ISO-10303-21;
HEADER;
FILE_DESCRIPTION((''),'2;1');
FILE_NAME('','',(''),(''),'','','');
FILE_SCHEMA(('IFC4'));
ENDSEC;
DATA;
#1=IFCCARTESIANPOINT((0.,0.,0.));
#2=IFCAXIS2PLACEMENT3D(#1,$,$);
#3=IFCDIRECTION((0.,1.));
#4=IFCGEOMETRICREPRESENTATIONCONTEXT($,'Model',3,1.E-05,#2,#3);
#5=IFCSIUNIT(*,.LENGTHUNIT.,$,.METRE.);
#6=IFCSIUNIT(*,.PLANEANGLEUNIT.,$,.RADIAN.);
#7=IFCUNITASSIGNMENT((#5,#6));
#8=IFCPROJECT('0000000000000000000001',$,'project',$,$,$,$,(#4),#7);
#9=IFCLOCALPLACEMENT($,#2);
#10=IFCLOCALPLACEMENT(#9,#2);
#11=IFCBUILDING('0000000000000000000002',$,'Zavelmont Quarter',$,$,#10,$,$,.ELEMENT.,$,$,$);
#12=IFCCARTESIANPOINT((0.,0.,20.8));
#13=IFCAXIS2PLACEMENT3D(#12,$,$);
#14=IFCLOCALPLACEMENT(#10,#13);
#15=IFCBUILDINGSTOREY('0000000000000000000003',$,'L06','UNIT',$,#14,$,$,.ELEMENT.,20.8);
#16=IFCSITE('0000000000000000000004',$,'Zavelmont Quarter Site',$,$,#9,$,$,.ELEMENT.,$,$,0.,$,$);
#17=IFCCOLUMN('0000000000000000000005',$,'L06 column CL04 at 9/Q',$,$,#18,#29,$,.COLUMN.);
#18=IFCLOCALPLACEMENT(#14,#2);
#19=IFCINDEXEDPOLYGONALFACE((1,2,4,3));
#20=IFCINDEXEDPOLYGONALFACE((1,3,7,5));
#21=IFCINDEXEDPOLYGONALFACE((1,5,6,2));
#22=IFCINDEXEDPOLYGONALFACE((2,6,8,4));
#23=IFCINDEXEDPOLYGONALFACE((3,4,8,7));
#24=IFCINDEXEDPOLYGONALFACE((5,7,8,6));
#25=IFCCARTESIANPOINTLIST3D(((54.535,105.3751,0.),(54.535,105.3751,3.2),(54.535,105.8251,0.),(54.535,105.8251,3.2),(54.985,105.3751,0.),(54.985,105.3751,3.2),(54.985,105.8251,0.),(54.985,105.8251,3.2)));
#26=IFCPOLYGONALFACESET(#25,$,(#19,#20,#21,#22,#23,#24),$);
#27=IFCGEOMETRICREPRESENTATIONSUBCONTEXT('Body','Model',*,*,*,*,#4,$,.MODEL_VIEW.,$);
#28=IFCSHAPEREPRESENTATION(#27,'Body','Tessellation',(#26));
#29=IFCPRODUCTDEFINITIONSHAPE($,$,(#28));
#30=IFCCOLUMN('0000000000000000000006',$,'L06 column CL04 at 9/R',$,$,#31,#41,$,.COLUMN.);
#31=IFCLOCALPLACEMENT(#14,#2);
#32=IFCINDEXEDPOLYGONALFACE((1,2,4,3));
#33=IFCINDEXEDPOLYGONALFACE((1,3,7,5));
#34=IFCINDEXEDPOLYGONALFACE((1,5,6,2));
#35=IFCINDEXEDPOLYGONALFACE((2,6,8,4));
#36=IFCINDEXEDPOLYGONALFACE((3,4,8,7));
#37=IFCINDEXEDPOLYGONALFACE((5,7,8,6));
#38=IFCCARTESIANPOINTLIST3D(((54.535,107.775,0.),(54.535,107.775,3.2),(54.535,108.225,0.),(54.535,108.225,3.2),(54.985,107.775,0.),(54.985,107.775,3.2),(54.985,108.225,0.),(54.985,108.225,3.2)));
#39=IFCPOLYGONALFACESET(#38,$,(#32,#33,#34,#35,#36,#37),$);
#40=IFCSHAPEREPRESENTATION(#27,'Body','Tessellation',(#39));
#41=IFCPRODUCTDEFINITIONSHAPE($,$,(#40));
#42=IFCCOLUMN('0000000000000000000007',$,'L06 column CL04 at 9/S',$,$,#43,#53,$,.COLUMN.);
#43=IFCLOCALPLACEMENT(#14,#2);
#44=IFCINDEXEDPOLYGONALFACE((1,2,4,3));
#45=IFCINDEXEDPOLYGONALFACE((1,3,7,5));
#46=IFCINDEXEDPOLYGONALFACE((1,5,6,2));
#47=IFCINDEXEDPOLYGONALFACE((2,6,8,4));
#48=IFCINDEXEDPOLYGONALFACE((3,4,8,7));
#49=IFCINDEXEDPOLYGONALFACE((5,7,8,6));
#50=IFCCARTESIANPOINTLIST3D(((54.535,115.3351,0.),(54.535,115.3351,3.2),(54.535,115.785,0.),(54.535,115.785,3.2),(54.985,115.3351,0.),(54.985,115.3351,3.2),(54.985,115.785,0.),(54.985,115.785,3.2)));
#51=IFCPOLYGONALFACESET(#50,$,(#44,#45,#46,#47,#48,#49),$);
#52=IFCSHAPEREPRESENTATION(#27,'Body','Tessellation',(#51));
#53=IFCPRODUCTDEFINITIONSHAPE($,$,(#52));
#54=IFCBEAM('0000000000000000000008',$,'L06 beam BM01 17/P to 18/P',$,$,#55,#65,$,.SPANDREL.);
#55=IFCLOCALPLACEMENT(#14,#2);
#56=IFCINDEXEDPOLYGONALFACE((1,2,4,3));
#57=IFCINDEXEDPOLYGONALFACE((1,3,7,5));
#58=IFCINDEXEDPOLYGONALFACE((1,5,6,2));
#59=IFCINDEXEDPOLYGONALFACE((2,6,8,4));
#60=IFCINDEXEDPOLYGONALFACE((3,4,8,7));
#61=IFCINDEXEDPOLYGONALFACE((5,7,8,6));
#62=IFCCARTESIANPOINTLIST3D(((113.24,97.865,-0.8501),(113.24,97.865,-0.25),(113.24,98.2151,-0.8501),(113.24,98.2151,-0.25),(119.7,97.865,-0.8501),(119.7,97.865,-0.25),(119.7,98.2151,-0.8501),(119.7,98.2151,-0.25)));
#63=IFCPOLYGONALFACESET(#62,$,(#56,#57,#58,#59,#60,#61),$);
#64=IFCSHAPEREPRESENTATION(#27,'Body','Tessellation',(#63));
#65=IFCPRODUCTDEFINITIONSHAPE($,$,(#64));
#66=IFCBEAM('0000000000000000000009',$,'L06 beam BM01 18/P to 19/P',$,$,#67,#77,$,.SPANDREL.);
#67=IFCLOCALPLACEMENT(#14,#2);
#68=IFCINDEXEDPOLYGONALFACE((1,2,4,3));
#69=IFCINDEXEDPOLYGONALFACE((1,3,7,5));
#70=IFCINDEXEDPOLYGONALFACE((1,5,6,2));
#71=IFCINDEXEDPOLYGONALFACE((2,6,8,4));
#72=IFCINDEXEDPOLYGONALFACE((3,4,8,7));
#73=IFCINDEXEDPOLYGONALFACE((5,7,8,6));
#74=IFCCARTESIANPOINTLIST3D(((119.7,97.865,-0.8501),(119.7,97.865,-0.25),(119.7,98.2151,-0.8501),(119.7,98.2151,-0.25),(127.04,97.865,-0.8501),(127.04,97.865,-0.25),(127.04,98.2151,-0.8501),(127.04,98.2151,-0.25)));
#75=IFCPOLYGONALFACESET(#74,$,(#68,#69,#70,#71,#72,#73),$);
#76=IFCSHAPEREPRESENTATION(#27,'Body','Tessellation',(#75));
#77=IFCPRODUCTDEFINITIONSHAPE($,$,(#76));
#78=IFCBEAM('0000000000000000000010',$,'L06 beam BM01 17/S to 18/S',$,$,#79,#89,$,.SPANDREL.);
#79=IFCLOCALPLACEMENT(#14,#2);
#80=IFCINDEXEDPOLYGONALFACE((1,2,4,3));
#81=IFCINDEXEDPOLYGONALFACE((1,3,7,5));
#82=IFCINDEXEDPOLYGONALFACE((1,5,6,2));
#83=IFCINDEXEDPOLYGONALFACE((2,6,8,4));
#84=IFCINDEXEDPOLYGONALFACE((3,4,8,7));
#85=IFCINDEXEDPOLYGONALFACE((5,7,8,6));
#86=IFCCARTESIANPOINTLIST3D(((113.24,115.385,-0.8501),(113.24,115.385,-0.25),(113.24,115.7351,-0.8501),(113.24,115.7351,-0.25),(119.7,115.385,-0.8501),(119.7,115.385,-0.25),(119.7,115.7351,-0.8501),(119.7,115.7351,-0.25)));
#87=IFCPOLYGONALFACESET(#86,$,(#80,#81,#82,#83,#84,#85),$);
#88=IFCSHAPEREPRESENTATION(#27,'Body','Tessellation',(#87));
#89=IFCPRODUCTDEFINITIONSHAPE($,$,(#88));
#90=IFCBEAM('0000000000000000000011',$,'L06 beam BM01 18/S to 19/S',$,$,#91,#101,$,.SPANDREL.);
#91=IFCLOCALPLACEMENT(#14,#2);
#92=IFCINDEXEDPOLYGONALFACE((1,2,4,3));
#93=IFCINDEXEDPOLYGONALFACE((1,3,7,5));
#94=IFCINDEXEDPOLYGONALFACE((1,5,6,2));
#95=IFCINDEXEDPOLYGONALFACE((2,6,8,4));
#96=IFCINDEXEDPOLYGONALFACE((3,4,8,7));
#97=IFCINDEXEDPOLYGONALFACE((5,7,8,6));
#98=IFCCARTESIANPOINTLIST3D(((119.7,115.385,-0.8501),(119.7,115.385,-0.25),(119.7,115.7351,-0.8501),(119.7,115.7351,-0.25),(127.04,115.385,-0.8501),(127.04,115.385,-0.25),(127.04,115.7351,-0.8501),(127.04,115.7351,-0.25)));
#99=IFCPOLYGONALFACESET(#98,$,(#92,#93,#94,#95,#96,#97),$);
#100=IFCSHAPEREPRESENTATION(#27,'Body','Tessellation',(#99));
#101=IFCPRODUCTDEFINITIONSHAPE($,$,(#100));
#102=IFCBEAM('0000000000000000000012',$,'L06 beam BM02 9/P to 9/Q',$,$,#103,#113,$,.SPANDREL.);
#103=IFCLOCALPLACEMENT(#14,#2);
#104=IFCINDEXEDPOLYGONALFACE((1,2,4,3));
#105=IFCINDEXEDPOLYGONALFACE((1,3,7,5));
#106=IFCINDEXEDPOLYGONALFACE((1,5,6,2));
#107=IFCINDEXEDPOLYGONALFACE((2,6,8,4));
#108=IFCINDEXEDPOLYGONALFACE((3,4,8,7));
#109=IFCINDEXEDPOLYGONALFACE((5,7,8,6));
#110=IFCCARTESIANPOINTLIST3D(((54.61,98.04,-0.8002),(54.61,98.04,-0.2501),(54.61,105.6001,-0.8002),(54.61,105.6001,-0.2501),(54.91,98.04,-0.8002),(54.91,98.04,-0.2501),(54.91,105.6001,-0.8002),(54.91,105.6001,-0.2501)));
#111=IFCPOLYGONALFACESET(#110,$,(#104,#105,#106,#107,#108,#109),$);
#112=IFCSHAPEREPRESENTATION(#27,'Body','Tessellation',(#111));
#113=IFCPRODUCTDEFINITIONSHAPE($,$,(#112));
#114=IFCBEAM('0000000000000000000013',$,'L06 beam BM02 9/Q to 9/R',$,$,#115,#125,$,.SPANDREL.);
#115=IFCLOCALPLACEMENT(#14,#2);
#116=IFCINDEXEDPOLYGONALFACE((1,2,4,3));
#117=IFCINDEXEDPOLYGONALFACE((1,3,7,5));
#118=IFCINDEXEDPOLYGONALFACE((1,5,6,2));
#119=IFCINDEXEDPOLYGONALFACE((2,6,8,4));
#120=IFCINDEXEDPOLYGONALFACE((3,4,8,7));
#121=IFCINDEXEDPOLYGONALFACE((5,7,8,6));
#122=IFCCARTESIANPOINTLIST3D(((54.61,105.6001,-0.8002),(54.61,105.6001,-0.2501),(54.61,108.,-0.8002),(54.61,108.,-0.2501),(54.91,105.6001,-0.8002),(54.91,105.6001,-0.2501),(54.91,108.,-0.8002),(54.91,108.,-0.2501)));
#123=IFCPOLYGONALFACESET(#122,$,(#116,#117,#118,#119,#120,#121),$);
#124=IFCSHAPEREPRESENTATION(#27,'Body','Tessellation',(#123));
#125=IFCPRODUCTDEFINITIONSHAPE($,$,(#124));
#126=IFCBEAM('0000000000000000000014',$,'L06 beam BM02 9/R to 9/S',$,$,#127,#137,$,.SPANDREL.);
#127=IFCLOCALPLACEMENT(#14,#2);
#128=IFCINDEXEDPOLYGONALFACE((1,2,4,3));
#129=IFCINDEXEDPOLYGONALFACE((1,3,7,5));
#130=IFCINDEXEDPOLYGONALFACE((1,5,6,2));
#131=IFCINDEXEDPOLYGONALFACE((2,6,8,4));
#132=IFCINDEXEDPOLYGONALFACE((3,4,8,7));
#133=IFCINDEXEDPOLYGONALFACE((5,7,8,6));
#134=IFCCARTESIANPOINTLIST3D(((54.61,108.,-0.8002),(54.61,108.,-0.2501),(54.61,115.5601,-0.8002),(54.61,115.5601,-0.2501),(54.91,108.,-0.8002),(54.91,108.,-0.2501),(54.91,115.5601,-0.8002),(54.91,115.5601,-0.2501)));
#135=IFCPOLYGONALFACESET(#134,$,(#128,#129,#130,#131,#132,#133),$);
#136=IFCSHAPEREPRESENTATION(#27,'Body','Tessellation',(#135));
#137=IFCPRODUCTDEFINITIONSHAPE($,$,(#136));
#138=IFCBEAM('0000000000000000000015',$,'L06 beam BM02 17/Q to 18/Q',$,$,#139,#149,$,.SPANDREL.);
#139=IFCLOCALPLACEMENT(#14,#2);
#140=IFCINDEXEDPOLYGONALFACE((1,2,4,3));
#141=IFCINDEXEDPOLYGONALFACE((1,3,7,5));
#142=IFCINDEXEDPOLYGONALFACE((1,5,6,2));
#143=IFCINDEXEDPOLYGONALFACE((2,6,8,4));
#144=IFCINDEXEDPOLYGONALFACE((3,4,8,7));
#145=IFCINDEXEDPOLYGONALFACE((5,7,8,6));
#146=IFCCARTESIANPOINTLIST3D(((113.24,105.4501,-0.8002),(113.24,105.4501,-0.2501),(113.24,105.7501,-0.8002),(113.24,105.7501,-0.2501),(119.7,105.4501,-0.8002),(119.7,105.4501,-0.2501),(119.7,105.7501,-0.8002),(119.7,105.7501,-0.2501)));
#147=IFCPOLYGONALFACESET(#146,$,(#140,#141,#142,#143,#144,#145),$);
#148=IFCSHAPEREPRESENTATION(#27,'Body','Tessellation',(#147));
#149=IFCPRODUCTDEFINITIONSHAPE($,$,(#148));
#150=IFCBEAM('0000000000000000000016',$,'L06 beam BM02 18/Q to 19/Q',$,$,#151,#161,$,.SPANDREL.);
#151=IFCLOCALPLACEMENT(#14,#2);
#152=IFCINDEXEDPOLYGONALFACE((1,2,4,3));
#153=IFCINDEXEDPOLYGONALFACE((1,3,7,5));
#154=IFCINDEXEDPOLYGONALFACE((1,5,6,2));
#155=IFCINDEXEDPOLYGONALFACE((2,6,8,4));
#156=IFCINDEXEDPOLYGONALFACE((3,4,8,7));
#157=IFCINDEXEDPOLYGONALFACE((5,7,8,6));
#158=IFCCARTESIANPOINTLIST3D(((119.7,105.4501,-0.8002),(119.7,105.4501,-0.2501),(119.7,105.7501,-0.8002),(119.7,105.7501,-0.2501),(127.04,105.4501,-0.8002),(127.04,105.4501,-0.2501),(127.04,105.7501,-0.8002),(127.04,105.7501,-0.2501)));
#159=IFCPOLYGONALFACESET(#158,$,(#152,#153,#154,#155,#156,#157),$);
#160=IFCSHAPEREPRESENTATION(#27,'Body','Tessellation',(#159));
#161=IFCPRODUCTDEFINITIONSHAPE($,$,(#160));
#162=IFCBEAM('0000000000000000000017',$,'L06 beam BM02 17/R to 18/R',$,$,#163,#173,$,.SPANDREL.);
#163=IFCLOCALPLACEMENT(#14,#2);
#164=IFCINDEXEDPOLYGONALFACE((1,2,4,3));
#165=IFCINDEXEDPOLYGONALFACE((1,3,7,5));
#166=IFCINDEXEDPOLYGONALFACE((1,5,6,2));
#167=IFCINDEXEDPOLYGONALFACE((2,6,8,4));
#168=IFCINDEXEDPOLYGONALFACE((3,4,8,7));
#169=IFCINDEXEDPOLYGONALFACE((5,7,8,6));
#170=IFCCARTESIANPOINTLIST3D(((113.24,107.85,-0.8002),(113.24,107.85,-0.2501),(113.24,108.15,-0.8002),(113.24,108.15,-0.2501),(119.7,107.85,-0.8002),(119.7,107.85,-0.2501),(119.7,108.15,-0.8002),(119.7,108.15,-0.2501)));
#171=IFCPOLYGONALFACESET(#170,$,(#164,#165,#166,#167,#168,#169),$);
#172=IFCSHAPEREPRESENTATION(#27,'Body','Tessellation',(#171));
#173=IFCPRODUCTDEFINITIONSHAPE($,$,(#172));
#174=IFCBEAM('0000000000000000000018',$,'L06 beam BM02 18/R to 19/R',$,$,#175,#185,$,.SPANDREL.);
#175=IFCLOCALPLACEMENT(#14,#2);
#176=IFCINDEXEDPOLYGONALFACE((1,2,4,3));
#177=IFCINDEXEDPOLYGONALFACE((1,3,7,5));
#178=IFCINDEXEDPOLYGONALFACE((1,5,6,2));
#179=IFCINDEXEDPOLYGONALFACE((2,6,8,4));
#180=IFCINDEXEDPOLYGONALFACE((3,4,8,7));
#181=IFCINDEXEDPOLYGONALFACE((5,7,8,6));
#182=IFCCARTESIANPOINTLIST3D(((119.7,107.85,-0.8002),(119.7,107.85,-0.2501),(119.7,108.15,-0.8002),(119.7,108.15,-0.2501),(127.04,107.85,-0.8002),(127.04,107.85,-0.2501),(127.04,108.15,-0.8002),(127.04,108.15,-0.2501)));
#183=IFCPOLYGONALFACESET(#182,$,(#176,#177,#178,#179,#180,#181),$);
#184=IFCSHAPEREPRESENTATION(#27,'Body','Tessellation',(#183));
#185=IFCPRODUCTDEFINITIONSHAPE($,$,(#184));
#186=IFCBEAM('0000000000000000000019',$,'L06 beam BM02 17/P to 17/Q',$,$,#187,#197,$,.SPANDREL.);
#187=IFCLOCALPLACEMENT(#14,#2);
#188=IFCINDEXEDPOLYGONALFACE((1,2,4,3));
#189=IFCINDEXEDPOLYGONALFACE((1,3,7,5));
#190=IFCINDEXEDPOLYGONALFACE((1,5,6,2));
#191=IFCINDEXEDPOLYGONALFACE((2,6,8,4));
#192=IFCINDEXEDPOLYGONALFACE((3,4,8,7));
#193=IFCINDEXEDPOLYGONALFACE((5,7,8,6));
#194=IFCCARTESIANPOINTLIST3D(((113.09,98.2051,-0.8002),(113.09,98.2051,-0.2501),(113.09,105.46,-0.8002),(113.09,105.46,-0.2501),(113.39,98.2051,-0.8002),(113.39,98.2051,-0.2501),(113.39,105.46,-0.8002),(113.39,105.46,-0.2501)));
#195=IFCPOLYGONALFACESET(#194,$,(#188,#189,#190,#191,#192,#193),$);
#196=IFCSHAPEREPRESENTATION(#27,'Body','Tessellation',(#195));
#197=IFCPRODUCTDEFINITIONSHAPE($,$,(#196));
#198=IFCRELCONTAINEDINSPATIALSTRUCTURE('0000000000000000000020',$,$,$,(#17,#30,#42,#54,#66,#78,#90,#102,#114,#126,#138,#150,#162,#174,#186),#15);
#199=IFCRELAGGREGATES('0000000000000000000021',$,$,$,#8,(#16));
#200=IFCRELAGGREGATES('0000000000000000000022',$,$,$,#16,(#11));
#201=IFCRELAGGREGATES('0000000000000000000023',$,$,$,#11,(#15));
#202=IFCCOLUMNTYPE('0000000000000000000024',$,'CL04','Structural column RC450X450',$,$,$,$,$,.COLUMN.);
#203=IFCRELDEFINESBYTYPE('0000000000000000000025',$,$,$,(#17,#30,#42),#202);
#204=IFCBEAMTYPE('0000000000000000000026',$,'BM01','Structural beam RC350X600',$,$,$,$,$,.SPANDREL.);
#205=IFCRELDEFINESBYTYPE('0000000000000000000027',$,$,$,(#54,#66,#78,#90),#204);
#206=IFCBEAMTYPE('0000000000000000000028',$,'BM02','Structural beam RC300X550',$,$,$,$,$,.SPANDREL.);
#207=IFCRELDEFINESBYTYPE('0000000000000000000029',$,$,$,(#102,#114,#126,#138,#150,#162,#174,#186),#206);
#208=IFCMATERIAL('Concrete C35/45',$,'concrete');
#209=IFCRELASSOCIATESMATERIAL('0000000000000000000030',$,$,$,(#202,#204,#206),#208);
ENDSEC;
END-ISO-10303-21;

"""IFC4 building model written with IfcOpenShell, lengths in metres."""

from ifc_helpers import new_model, si_unit, direction, frame, origin, origin_2d, place, context, subcontext, project, spatial, rectangle, extrude, material, material_profile, profile_set, type_object, element, save


model = new_model("IFC4")

# Units and contexts
model_context = context("Model", 3, precision=1e-05, world=origin(), true_north=direction((0.0, 1.0)))
body_context = subcontext(model_context, "Body", "Model", "MODEL_VIEW")
ifc_project = project(units=[si_unit("LENGTHUNIT", "METRE"), si_unit("PLANEANGLEUNIT", "RADIAN")], contexts=[model_context])

# Site, building, storey
site_placement = place(None, origin())
site = spatial("IfcSite", under=ifc_project, at=site_placement, Name="Zavelmont Quarter Site", CompositionType="ELEMENT", RefElevation=0.0)
building_placement = place(site_placement, origin())
building = spatial("IfcBuilding", under=site, at=building_placement, Name="Zavelmont Quarter", CompositionType="ELEMENT")
storey_placement = place(building_placement, frame((0.0, 0.0, 20.8)))
storey = spatial("IfcBuildingStorey", under=building, at=storey_placement, Name="L06", Description="UNIT", CompositionType="ELEMENT", Elevation=20.8)

# Columns
ifc_material_1 = material(Name="Concrete C35/45", Category="concrete")
ifc_material_profile_1 = material_profile(ifc_material_1, rectangle(XDim=0.45, YDim=0.45, at=origin_2d()), Name="RC450X450")
ifc_profile_set_1 = profile_set([ifc_material_profile_1], Name="Concrete C35/45")
column_type = type_object("IfcColumnType", Name="CL04", Description="Structural column RC450X450", PredefinedType="COLUMN", material=ifc_profile_set_1)
for number, where, z_axis, x_axis, name in (
    (1, (54.76, 105.6001, 0.0), (0.0, 0.0, 1.0), (1.0, 0.0, 0.0), "L06 column CL04 at 9/Q"),
    (2, (54.76, 108.0, 0.0), (0.0, 0.0, 1.0), (1.0, 0.0, 0.0), "L06 column CL04 at 9/R"),
    (3, (54.76, 115.5601, 0.0), (0.0, 0.0, 1.0), (1.0, 0.0, 0.0), "L06 column CL04 at 9/S"),
):
    element("IfcColumn", number, at=place(storey_placement, frame(where, z_axis=z_axis, x_axis=x_axis)), inside=storey, type_object=column_type, Name=name, PredefinedType="COLUMN", context=body_context, shape_type="SweptSolid", body=[
        extrude(rectangle(XDim=0.45, YDim=0.45, at=origin_2d()), origin(), (0.0, 0.0, 1.0), 3.2),
    ])

# Beams
ifc_material_profile_2 = material_profile(ifc_material_1, rectangle(XDim=0.3501, YDim=0.6001, at=origin_2d()), Name="RC350X600")
ifc_profile_set_2 = profile_set([ifc_material_profile_2], Name="Concrete C35/45")
beam_type_1 = type_object("IfcBeamType", Name="BM01", Description="Structural beam RC350X600", PredefinedType="SPANDREL", material=ifc_profile_set_2)
beam_1_placement = place(storey_placement, frame((113.24, 98.04, -0.55), z_axis=(1.0, 0.0, 0.0), x_axis=(0.0, 1.0, 0.0)))
element("IfcBeam", 4, at=beam_1_placement, inside=storey, type_object=beam_type_1, Name="L06 beam BM01 17/P to 18/P", PredefinedType="SPANDREL", context=body_context, shape_type="SweptSolid", body=[
    extrude(rectangle(XDim=0.3501, YDim=0.6001, at=origin_2d()), origin(), (0.0, 0.0, 1.0), 6.46),
])
beam_2_placement = place(storey_placement, frame((119.7, 98.04, -0.55), z_axis=(1.0, 0.0, 0.0), x_axis=(0.0, 1.0, 0.0)))
element("IfcBeam", 5, at=beam_2_placement, inside=storey, type_object=beam_type_1, Name="L06 beam BM01 18/P to 19/P", PredefinedType="SPANDREL", context=body_context, shape_type="SweptSolid", body=[
    extrude(rectangle(XDim=0.3501, YDim=0.6001, at=origin_2d()), origin(), (0.0, 0.0, 1.0), 7.3401),
])
beam_3_placement = place(storey_placement, frame((113.24, 115.5601, -0.55), z_axis=(1.0, 0.0, 0.0), x_axis=(0.0, 1.0, 0.0)))
element("IfcBeam", 6, at=beam_3_placement, inside=storey, type_object=beam_type_1, Name="L06 beam BM01 17/S to 18/S", PredefinedType="SPANDREL", context=body_context, shape_type="SweptSolid", body=[
    extrude(rectangle(XDim=0.3501, YDim=0.6001, at=origin_2d()), origin(), (0.0, 0.0, 1.0), 6.46),
])
beam_4_placement = place(storey_placement, frame((119.7, 115.5601, -0.55), z_axis=(1.0, 0.0, 0.0), x_axis=(0.0, 1.0, 0.0)))
element("IfcBeam", 7, at=beam_4_placement, inside=storey, type_object=beam_type_1, Name="L06 beam BM01 18/S to 19/S", PredefinedType="SPANDREL", context=body_context, shape_type="SweptSolid", body=[
    extrude(rectangle(XDim=0.3501, YDim=0.6001, at=origin_2d()), origin(), (0.0, 0.0, 1.0), 7.3401),
])
ifc_material_profile_3 = material_profile(ifc_material_1, rectangle(XDim=0.3, YDim=0.55, at=origin_2d()), Name="RC300X550")
ifc_profile_set_3 = profile_set([ifc_material_profile_3], Name="Concrete C35/45")
beam_type_2 = type_object("IfcBeamType", Name="BM02", Description="Structural beam RC300X550", PredefinedType="SPANDREL", material=ifc_profile_set_3)
beam_5_placement = place(storey_placement, frame((54.76, 98.04, -0.5251), z_axis=(0.0, 1.0, 0.0), x_axis=(-1.0, 0.0, 0.0)))
element("IfcBeam", 8, at=beam_5_placement, inside=storey, type_object=beam_type_2, Name="L06 beam BM02 9/P to 9/Q", PredefinedType="SPANDREL", context=body_context, shape_type="SweptSolid", body=[
    extrude(rectangle(XDim=0.3, YDim=0.55, at=origin_2d()), origin(), (0.0, 0.0, 1.0), 7.5601),
])
beam_6_placement = place(storey_placement, frame((54.76, 105.6001, -0.5251), z_axis=(0.0, 1.0, 0.0), x_axis=(-1.0, 0.0, 0.0)))
element("IfcBeam", 9, at=beam_6_placement, inside=storey, type_object=beam_type_2, Name="L06 beam BM02 9/Q to 9/R", PredefinedType="SPANDREL", context=body_context, shape_type="SweptSolid", body=[
    extrude(rectangle(XDim=0.3, YDim=0.55, at=origin_2d()), origin(), (0.0, 0.0, 1.0), 2.3999),
])
beam_7_placement = place(storey_placement, frame((54.76, 108.0, -0.5251), z_axis=(0.0, 1.0, 0.0), x_axis=(-1.0, 0.0, 0.0)))
element("IfcBeam", 10, at=beam_7_placement, inside=storey, type_object=beam_type_2, Name="L06 beam BM02 9/R to 9/S", PredefinedType="SPANDREL", context=body_context, shape_type="SweptSolid", body=[
    extrude(rectangle(XDim=0.3, YDim=0.55, at=origin_2d()), origin(), (0.0, 0.0, 1.0), 7.5601),
])
beam_8_placement = place(storey_placement, frame((113.24, 105.6001, -0.5251), z_axis=(1.0, 0.0, 0.0), x_axis=(0.0, 1.0, 0.0)))
element("IfcBeam", 11, at=beam_8_placement, inside=storey, type_object=beam_type_2, Name="L06 beam BM02 17/Q to 18/Q", PredefinedType="SPANDREL", context=body_context, shape_type="SweptSolid", body=[
    extrude(rectangle(XDim=0.3, YDim=0.55, at=origin_2d()), origin(), (0.0, 0.0, 1.0), 6.46),
])
beam_9_placement = place(storey_placement, frame((119.7, 105.6001, -0.5251), z_axis=(1.0, 0.0, 0.0), x_axis=(0.0, 1.0, 0.0)))
element("IfcBeam", 12, at=beam_9_placement, inside=storey, type_object=beam_type_2, Name="L06 beam BM02 18/Q to 19/Q", PredefinedType="SPANDREL", context=body_context, shape_type="SweptSolid", body=[
    extrude(rectangle(XDim=0.3, YDim=0.55, at=origin_2d()), origin(), (0.0, 0.0, 1.0), 7.3401),
])
beam_10_placement = place(storey_placement, frame((113.24, 108.0, -0.5251), z_axis=(1.0, 0.0, 0.0), x_axis=(0.0, 1.0, 0.0)))
element("IfcBeam", 13, at=beam_10_placement, inside=storey, type_object=beam_type_2, Name="L06 beam BM02 17/R to 18/R", PredefinedType="SPANDREL", context=body_context, shape_type="SweptSolid", body=[
    extrude(rectangle(XDim=0.3, YDim=0.55, at=origin_2d()), origin(), (0.0, 0.0, 1.0), 6.46),
])
beam_11_placement = place(storey_placement, frame((119.7, 108.0, -0.5251), z_axis=(1.0, 0.0, 0.0), x_axis=(0.0, 1.0, 0.0)))
element("IfcBeam", 14, at=beam_11_placement, inside=storey, type_object=beam_type_2, Name="L06 beam BM02 18/R to 19/R", PredefinedType="SPANDREL", context=body_context, shape_type="SweptSolid", body=[
    extrude(rectangle(XDim=0.3, YDim=0.55, at=origin_2d()), origin(), (0.0, 0.0, 1.0), 7.3401),
])
beam_12_placement = place(storey_placement, frame((113.24, 98.2051, -0.5251), z_axis=(0.0, 1.0, 0.0), x_axis=(-1.0, 0.0, 0.0)))
element("IfcBeam", 15, at=beam_12_placement, inside=storey, type_object=beam_type_2, Name="L06 beam BM02 17/P to 17/Q", PredefinedType="SPANDREL", context=body_context, shape_type="SweptSolid", body=[
    extrude(rectangle(XDim=0.3, YDim=0.55, at=origin_2d()), origin(), (0.0, 0.0, 1.0), 7.2549),
])

save(model, "model.ifc")
